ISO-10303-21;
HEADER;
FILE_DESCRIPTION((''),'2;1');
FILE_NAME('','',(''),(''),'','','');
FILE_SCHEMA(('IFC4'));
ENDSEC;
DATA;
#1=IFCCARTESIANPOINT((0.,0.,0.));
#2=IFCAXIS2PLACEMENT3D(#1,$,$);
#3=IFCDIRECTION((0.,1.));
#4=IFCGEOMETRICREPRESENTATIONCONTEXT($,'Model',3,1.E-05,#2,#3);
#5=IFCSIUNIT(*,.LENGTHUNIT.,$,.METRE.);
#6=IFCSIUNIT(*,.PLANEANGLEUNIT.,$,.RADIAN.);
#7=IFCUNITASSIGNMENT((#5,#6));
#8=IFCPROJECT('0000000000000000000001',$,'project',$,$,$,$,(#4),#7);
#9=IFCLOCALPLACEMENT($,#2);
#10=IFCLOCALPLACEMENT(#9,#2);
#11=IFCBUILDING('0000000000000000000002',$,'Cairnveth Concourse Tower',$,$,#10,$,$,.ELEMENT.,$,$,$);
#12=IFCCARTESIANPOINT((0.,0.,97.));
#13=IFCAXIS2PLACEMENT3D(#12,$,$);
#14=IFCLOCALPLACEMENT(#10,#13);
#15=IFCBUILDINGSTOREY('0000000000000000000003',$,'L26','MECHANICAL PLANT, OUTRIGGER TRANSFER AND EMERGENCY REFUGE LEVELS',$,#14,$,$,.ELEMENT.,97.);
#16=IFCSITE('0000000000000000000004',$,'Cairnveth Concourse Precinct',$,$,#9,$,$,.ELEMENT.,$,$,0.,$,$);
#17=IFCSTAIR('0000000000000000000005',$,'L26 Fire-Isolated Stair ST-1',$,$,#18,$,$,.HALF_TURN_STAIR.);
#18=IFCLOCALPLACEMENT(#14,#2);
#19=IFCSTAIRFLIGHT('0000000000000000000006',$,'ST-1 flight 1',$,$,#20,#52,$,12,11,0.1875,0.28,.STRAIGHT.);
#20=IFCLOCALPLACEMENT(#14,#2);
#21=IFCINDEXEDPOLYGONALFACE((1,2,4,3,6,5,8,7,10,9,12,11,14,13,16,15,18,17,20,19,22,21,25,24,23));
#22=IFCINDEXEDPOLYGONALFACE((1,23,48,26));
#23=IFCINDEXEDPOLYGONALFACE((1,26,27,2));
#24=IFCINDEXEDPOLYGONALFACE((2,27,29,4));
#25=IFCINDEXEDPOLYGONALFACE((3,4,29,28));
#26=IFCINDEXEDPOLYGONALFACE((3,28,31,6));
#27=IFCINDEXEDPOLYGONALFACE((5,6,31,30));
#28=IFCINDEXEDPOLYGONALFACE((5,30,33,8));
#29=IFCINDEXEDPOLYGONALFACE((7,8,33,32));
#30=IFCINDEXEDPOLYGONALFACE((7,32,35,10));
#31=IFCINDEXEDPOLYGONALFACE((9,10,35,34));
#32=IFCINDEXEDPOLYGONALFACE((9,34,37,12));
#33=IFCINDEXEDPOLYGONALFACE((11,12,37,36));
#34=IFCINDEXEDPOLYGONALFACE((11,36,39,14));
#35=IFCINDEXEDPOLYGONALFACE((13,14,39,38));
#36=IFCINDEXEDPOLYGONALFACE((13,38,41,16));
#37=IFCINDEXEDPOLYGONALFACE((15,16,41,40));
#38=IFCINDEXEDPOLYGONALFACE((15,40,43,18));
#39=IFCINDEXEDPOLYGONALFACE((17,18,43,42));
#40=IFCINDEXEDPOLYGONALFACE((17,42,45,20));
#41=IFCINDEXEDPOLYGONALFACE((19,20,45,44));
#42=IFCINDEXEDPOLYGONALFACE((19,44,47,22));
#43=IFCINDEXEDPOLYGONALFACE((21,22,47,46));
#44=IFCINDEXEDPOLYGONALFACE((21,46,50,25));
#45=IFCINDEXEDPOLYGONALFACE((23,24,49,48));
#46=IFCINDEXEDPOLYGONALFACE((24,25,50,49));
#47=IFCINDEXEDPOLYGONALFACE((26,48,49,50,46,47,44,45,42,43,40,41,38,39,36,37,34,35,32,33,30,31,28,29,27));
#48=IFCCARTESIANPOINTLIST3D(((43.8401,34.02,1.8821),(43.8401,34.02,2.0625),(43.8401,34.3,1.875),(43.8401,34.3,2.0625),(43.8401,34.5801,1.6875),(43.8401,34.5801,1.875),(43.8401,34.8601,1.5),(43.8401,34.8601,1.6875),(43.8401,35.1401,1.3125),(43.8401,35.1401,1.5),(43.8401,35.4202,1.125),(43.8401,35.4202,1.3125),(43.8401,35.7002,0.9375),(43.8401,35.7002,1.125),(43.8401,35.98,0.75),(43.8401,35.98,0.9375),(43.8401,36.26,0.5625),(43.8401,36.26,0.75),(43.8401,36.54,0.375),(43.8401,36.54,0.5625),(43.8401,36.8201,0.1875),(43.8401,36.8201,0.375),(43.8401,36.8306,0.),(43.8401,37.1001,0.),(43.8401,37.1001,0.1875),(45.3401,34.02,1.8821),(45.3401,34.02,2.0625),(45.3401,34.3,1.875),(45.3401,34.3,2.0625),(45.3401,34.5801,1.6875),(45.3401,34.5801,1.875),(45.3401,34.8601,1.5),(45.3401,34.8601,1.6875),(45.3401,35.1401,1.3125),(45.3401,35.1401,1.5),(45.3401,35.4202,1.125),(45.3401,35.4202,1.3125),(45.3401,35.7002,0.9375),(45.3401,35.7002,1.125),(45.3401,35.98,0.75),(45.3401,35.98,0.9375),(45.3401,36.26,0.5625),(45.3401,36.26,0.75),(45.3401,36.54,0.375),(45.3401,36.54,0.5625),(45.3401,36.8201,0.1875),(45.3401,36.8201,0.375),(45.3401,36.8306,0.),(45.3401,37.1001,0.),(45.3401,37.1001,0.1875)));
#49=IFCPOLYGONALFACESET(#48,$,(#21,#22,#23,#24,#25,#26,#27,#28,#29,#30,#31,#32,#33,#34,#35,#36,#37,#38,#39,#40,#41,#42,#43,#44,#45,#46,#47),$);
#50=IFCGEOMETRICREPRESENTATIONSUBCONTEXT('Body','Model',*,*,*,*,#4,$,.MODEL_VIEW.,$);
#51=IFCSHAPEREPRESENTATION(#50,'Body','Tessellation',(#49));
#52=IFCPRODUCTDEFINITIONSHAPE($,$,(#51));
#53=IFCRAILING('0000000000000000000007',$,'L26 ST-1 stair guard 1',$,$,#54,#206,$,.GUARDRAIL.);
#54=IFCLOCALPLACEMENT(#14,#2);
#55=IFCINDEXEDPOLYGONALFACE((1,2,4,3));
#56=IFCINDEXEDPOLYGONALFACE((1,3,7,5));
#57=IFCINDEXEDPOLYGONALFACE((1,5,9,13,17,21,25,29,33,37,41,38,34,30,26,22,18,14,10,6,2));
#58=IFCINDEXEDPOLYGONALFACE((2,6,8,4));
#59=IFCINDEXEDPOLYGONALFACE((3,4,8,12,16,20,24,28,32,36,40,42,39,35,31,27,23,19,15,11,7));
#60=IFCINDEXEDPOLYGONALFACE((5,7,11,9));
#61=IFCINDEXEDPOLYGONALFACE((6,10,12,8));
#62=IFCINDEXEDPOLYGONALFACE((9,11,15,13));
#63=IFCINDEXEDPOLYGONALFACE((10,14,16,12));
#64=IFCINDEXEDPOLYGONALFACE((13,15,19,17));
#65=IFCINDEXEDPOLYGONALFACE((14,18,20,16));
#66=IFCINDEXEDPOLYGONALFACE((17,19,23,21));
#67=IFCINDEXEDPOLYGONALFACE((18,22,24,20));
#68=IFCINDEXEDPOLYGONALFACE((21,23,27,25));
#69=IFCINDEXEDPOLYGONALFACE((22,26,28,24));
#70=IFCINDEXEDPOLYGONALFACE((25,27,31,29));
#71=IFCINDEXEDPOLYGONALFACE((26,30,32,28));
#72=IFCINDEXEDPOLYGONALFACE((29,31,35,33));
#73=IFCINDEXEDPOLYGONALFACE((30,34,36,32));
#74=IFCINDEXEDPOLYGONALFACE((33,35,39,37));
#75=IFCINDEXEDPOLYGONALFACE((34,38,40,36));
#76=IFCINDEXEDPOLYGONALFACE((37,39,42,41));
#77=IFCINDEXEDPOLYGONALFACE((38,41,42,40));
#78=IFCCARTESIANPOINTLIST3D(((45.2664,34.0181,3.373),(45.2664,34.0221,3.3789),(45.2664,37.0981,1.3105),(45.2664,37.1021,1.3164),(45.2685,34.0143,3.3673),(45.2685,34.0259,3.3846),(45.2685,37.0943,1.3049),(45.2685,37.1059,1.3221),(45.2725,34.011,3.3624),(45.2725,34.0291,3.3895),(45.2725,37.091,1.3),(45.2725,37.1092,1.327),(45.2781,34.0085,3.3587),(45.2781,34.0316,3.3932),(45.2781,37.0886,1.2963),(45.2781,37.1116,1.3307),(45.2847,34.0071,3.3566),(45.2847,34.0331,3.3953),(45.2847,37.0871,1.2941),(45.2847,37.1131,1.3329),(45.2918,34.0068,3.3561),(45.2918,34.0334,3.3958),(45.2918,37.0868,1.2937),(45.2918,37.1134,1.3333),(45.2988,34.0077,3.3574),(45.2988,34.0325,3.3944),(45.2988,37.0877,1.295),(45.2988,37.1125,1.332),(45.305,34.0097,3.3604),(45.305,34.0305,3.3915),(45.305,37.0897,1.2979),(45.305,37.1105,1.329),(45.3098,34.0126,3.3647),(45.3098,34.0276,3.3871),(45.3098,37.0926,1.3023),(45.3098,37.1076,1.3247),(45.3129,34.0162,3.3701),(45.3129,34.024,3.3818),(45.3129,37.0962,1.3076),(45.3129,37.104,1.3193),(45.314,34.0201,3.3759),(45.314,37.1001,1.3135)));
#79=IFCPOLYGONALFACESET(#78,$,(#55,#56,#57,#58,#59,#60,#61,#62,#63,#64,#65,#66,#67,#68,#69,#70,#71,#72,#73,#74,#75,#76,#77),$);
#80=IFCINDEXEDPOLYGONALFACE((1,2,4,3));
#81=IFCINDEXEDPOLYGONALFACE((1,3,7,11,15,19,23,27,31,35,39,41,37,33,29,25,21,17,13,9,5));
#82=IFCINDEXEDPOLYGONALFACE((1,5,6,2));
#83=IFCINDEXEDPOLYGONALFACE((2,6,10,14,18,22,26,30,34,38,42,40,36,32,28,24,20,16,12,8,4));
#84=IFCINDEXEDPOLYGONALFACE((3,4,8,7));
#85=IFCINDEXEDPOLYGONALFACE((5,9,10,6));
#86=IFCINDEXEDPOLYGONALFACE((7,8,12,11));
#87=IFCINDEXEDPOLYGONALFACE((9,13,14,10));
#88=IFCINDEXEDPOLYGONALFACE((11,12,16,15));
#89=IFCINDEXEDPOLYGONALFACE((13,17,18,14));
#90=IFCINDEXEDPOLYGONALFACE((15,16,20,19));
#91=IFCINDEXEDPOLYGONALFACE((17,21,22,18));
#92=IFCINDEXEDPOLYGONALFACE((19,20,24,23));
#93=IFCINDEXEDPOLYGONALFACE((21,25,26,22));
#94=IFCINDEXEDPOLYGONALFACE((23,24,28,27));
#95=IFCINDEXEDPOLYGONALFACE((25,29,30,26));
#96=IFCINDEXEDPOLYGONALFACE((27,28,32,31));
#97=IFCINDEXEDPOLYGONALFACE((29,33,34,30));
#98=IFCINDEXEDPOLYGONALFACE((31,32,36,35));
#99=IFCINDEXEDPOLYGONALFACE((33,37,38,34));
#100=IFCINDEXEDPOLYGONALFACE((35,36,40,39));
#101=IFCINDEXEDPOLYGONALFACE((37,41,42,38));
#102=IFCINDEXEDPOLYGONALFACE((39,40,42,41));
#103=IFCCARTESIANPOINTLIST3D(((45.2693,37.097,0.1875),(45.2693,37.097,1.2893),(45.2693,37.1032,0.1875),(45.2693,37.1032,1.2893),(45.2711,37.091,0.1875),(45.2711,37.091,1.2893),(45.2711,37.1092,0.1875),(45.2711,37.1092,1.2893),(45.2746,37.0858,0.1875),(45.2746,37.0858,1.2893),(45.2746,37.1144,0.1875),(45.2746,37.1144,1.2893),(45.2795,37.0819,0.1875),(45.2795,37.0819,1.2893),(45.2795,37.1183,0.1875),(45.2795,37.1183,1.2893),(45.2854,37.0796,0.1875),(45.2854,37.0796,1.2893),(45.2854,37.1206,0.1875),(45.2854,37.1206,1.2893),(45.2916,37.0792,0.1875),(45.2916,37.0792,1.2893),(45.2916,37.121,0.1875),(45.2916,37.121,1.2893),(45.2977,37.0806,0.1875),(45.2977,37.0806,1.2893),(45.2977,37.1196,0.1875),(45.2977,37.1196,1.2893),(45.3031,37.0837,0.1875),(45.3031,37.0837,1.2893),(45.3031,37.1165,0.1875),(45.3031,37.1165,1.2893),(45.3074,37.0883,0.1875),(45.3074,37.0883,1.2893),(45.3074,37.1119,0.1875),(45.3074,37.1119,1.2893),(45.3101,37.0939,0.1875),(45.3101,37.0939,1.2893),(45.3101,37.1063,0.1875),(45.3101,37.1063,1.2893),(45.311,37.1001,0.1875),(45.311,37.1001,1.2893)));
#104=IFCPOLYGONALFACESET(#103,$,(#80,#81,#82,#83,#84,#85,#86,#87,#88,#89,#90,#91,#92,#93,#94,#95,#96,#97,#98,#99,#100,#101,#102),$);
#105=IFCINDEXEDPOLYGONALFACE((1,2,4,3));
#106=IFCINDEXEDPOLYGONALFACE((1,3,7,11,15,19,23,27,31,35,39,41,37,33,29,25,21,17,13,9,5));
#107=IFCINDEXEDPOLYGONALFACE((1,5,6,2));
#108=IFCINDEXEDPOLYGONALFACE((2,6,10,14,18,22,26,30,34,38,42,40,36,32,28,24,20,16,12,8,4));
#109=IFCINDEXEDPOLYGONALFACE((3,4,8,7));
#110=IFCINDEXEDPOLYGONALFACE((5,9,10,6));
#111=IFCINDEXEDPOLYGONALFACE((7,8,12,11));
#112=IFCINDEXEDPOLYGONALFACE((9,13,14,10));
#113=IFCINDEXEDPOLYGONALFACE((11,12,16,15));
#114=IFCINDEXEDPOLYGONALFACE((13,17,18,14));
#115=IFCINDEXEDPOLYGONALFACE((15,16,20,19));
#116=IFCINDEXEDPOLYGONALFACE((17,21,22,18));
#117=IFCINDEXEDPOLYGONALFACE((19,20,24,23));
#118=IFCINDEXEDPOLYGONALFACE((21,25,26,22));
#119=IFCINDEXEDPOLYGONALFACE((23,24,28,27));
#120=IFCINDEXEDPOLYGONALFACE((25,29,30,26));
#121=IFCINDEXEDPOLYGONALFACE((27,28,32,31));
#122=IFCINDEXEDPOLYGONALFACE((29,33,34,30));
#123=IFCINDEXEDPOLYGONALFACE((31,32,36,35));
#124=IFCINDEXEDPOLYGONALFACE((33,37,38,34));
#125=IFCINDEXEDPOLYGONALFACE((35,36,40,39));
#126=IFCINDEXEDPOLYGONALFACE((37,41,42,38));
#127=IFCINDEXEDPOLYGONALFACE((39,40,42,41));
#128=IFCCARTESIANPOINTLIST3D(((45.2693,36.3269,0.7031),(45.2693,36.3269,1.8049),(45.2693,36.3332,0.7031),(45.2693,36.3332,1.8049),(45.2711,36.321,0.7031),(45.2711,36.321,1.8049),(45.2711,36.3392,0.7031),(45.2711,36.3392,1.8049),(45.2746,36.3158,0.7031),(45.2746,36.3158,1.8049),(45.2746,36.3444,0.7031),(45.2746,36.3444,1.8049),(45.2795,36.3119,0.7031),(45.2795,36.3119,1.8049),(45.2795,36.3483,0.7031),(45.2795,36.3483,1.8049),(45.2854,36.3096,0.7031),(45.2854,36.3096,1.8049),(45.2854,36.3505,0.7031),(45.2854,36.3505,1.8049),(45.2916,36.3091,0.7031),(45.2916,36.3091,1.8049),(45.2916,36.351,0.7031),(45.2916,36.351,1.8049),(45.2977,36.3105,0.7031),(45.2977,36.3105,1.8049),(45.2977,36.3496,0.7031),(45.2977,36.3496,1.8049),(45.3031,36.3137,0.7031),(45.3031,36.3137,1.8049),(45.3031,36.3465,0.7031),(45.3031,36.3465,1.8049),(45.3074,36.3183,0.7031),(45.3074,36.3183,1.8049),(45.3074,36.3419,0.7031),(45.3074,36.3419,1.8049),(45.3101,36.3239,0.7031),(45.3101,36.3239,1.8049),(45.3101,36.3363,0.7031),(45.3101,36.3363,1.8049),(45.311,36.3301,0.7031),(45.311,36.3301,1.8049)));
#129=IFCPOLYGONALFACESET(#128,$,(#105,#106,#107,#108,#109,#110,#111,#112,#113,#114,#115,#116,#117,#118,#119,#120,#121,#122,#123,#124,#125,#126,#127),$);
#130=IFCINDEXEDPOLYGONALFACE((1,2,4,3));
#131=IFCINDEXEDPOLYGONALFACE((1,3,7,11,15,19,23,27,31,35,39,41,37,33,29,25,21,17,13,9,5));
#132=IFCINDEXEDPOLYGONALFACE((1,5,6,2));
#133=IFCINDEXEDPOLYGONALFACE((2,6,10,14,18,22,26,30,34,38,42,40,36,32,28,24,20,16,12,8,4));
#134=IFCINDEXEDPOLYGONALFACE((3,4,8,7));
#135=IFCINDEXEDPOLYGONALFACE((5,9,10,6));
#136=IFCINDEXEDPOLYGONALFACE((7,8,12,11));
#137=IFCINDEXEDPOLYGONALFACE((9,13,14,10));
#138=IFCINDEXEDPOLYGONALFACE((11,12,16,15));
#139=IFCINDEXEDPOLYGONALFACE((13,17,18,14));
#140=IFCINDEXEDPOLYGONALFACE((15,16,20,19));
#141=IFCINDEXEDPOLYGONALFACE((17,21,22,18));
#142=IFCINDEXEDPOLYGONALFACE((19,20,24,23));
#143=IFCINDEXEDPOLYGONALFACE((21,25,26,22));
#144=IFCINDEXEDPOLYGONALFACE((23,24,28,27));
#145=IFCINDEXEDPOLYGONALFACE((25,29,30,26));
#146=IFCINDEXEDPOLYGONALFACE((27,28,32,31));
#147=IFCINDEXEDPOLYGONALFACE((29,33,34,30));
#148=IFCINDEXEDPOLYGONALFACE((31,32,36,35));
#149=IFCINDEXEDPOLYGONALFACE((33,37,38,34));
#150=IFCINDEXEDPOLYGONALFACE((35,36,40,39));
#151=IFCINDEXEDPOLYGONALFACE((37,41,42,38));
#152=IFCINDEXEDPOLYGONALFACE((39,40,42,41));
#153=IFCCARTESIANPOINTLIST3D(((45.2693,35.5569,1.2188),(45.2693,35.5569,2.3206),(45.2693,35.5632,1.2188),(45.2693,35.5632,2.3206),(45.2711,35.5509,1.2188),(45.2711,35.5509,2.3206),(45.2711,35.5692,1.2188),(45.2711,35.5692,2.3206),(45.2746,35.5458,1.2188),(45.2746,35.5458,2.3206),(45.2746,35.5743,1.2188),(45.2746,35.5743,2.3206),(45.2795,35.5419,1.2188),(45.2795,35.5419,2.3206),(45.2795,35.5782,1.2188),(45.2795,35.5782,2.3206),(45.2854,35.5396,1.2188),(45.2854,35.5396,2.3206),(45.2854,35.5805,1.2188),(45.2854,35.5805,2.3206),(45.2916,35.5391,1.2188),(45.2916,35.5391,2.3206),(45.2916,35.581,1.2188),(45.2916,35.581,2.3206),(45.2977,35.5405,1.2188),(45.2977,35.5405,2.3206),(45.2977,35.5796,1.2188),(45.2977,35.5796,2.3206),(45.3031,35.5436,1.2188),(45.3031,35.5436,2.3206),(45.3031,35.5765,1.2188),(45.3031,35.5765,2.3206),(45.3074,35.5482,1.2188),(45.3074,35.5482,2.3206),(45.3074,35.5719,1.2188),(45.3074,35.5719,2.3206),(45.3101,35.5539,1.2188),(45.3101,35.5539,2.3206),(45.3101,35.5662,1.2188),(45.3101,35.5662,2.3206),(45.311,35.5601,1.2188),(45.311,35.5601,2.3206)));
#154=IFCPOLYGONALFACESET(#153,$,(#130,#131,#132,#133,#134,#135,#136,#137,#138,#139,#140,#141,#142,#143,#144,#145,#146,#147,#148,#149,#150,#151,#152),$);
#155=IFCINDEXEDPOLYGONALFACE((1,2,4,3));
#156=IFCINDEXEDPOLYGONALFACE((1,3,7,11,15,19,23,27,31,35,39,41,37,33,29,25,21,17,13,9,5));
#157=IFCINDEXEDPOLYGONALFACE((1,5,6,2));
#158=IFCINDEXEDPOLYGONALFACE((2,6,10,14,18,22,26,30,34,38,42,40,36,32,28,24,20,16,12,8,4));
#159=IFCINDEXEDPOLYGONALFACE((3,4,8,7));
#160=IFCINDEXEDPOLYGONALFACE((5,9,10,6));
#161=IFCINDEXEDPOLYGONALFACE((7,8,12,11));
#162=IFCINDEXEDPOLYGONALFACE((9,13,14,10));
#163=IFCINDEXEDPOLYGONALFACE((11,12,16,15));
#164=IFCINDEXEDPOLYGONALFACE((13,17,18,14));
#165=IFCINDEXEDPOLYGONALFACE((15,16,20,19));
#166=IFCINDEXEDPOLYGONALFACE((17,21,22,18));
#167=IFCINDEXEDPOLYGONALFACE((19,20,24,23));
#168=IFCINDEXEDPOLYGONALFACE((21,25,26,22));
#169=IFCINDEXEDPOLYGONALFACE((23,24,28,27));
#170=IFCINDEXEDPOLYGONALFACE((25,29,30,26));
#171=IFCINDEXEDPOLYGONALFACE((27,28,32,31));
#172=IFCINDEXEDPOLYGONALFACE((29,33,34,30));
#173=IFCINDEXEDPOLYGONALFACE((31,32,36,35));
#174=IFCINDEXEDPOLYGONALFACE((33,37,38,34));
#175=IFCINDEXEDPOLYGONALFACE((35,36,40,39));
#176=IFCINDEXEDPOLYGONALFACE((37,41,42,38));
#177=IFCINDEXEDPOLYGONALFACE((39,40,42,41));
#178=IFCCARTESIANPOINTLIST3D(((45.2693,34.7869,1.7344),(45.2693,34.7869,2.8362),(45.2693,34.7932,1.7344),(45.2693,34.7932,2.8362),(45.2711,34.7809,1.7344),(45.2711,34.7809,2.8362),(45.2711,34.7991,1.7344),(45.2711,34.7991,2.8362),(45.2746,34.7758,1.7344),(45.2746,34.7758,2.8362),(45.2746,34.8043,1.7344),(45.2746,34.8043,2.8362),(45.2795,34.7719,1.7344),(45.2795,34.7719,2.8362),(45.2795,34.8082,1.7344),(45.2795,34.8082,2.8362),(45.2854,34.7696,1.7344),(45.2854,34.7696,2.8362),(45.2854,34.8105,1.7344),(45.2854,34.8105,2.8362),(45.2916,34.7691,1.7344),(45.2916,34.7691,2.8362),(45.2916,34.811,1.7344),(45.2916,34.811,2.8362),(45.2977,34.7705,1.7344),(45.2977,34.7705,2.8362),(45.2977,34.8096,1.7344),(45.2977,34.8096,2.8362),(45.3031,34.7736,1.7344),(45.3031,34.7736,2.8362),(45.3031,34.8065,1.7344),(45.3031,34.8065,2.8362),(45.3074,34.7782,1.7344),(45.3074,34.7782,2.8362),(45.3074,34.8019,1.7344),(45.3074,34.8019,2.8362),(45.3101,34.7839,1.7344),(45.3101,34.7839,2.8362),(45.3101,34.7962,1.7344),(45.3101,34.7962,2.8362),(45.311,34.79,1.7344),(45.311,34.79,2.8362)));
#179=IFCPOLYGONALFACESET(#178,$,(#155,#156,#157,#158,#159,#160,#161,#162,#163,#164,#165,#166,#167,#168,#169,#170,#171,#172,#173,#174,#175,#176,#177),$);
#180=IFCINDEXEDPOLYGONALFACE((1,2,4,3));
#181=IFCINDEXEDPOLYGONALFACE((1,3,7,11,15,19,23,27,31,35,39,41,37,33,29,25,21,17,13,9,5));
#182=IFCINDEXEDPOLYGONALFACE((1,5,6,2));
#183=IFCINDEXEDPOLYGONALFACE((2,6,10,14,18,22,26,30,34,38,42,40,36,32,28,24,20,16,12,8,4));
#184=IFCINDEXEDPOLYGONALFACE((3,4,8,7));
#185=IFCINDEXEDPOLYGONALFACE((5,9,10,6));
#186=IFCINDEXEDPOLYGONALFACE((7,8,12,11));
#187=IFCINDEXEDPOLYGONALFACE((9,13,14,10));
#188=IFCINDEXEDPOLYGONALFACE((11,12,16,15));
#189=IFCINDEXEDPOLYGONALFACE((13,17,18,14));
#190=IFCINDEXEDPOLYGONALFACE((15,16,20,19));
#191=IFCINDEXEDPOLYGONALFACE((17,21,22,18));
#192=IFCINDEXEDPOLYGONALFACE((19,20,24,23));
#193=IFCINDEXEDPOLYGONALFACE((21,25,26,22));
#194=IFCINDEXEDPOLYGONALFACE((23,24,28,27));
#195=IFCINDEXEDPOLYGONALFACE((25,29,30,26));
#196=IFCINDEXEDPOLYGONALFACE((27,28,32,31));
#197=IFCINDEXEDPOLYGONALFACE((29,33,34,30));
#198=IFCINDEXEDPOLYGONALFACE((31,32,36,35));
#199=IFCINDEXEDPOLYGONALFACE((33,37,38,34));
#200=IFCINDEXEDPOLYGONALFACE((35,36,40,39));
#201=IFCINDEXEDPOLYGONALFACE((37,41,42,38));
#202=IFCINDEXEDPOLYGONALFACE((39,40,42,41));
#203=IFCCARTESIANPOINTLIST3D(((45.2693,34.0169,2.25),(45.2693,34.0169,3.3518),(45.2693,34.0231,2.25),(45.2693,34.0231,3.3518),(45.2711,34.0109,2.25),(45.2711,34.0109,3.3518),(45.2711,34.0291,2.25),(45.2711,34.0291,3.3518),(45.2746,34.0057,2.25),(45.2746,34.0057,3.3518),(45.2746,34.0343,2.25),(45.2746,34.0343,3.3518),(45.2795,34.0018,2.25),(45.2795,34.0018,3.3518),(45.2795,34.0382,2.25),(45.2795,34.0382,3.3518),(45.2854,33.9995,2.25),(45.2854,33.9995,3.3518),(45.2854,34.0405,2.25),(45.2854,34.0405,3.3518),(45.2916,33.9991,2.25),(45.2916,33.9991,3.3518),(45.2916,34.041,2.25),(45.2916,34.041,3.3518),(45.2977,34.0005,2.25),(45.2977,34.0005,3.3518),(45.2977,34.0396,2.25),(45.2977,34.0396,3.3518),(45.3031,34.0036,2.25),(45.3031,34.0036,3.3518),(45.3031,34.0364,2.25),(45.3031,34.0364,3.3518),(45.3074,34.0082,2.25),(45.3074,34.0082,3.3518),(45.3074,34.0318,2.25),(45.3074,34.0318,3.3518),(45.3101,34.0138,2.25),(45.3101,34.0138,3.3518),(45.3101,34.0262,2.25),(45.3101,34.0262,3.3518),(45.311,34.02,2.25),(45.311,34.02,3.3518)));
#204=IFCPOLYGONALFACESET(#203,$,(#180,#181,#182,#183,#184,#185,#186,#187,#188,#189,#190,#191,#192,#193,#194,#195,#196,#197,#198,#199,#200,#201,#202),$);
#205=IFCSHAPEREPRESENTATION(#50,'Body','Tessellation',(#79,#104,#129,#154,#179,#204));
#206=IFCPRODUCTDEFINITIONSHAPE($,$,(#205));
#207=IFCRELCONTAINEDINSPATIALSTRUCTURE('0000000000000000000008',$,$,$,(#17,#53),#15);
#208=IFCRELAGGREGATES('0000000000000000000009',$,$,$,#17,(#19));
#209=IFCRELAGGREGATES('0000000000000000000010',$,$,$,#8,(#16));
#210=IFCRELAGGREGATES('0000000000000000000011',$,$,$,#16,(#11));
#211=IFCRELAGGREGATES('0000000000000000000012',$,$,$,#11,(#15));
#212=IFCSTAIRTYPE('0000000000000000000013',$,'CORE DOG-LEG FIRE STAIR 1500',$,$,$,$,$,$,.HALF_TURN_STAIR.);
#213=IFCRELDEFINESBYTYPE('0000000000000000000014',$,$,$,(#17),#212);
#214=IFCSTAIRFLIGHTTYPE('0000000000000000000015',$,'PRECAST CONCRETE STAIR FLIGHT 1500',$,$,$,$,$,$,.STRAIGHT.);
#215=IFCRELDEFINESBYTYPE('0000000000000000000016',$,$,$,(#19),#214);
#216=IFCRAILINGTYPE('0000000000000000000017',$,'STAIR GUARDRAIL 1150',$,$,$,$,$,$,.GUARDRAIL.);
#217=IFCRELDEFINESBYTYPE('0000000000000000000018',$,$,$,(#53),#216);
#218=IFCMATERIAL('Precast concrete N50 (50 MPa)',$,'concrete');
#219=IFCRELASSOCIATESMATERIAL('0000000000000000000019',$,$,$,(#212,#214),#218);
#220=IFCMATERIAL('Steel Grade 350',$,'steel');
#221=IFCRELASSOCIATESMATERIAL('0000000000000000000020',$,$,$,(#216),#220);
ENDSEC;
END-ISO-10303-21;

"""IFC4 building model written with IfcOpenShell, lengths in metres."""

from ifc_helpers import new_model, si_unit, direction, frame, origin, origin_2d, place, context, subcontext, project, spatial, polyline, circle, outline, extrude, material, type_object, element, aggregate, save


model = new_model("IFC4")

# Units and contexts
model_context = context("Model", 3, precision=1e-05, world=origin(), true_north=direction((0.0, 1.0)))
body_context = subcontext(model_context, "Body", "Model", "MODEL_VIEW")
ifc_project = project(units=[si_unit("LENGTHUNIT", "METRE"), si_unit("PLANEANGLEUNIT", "RADIAN")], contexts=[model_context])

# Site, building, storey
site_placement = place(None, origin())
site = spatial("IfcSite", under=ifc_project, at=site_placement, Name="Cairnveth Concourse Precinct", CompositionType="ELEMENT", RefElevation=0.0)
building_placement = place(site_placement, origin())
building = spatial("IfcBuilding", under=site, at=building_placement, Name="Cairnveth Concourse Tower", CompositionType="ELEMENT")
storey_placement = place(building_placement, frame((0.0, 0.0, 97.0)))
storey = spatial("IfcBuildingStorey", under=building, at=storey_placement, Name="L26", Description="MECHANICAL PLANT, OUTRIGGER TRANSFER AND EMERGENCY REFUGE LEVELS", CompositionType="ELEMENT", Elevation=97.0)

# Shared definitions
ifc_material_1 = material(Name="Steel Grade 350", Category="steel")

# Stair, stair flight
ifc_material_2 = material(Name="Precast concrete N50 (50 MPa)", Category="concrete")
stair_type = type_object("IfcStairType", Name="CORE DOG-LEG FIRE STAIR 1500", PredefinedType="HALF_TURN_STAIR", material=ifc_material_2)
stair_placement = place(storey_placement, origin())
stair = element("IfcStair", 1, at=stair_placement, inside=storey, type_object=stair_type, Name="L26 Fire-Isolated Stair ST-1", PredefinedType="HALF_TURN_STAIR")
stair_flight_type = type_object("IfcStairFlightType", Name="PRECAST CONCRETE STAIR FLIGHT 1500", PredefinedType="STRAIGHT", material=ifc_material_2)
stair_flight_placement = place(storey_placement, frame((44.5901, 37.1001, 0.0), z_axis=(0.0, 0.0, 1.0), x_axis=(0.0, -1.0, 0.0)))
stair_flight = element("IfcStairFlight", 2, at=stair_flight_placement, type_object=stair_flight_type, Name="ST-1 flight 1", NumberOfRisers=12, NumberOfTreads=11, PredefinedType="STRAIGHT", RiserHeight=0.1875, TreadLength=0.28, context=body_context, shape_type="SweptSolid", body=[
    extrude(outline(polyline([(0.0, 0.0), (0.0, 0.1875), (0.28, 0.1875), (0.28, 0.375), (0.5601, 0.375), (0.5601, 0.5625), (0.8401, 0.5625), (0.8401, 0.75), (1.1201, 0.75), (1.1201, 0.9375), (1.3999, 0.9375), (1.3999, 1.125), (1.6799, 1.125), (1.6799, 1.3125), (1.96, 1.3125), (1.96, 1.5), (2.24, 1.5), (2.24, 1.6875), (2.52, 1.6875), (2.52, 1.875), (2.8, 1.875), (2.8, 2.0625), (3.0801, 2.0625), (3.0801, 2.25), (3.0801, 1.8821), (0.2695, 0.0), (0.0, 0.0)])), frame((0.0, 0.75, 0.0), z_axis=(0.0, -1.0, 0.0), x_axis=(1.0, 0.0, 0.0)), (0.0, 0.0, 1.0), 1.5),
])
aggregate(stair, [stair_flight])

# Railing
railing_type = type_object("IfcRailingType", Name="STAIR GUARDRAIL 1150", PredefinedType="GUARDRAIL", material=ifc_material_1)
railing_1_placement = place(storey_placement, frame((45.29, 37.1001, 0.1875)))
element("IfcRailing", 3, at=railing_1_placement, inside=storey, type_object=railing_type, Name="L26 ST-1 stair guard 1", PredefinedType="GUARDRAIL", context=body_context, shape_type="SweptSolid", body=[
    extrude(circle(Radius=0.0239, at=origin_2d()), frame((0.0, 0.0, 1.126), z_axis=(0.0, -0.830914, 0.556401), x_axis=(1.0, 0.0, 0.0)), (0.0, 0.0, 1.0), 3.7068),
    extrude(circle(Radius=0.021, at=origin_2d()), origin(), (0.0, 0.0, 1.0), 1.1018),
    extrude(circle(Radius=0.021, at=origin_2d()), frame((0.0, -0.77, 0.5156)), (0.0, 0.0, 1.0), 1.1018),
    extrude(circle(Radius=0.021, at=origin_2d()), frame((0.0, -1.54, 1.0312)), (0.0, 0.0, 1.0), 1.1018),
    extrude(circle(Radius=0.021, at=origin_2d()), frame((0.0, -2.3101, 1.5469)), (0.0, 0.0, 1.0), 1.1018),
    extrude(circle(Radius=0.021, at=origin_2d()), frame((0.0, -3.0801, 2.0625)), (0.0, 0.0, 1.0), 1.1018),
])

save(model, "model.ifc")
